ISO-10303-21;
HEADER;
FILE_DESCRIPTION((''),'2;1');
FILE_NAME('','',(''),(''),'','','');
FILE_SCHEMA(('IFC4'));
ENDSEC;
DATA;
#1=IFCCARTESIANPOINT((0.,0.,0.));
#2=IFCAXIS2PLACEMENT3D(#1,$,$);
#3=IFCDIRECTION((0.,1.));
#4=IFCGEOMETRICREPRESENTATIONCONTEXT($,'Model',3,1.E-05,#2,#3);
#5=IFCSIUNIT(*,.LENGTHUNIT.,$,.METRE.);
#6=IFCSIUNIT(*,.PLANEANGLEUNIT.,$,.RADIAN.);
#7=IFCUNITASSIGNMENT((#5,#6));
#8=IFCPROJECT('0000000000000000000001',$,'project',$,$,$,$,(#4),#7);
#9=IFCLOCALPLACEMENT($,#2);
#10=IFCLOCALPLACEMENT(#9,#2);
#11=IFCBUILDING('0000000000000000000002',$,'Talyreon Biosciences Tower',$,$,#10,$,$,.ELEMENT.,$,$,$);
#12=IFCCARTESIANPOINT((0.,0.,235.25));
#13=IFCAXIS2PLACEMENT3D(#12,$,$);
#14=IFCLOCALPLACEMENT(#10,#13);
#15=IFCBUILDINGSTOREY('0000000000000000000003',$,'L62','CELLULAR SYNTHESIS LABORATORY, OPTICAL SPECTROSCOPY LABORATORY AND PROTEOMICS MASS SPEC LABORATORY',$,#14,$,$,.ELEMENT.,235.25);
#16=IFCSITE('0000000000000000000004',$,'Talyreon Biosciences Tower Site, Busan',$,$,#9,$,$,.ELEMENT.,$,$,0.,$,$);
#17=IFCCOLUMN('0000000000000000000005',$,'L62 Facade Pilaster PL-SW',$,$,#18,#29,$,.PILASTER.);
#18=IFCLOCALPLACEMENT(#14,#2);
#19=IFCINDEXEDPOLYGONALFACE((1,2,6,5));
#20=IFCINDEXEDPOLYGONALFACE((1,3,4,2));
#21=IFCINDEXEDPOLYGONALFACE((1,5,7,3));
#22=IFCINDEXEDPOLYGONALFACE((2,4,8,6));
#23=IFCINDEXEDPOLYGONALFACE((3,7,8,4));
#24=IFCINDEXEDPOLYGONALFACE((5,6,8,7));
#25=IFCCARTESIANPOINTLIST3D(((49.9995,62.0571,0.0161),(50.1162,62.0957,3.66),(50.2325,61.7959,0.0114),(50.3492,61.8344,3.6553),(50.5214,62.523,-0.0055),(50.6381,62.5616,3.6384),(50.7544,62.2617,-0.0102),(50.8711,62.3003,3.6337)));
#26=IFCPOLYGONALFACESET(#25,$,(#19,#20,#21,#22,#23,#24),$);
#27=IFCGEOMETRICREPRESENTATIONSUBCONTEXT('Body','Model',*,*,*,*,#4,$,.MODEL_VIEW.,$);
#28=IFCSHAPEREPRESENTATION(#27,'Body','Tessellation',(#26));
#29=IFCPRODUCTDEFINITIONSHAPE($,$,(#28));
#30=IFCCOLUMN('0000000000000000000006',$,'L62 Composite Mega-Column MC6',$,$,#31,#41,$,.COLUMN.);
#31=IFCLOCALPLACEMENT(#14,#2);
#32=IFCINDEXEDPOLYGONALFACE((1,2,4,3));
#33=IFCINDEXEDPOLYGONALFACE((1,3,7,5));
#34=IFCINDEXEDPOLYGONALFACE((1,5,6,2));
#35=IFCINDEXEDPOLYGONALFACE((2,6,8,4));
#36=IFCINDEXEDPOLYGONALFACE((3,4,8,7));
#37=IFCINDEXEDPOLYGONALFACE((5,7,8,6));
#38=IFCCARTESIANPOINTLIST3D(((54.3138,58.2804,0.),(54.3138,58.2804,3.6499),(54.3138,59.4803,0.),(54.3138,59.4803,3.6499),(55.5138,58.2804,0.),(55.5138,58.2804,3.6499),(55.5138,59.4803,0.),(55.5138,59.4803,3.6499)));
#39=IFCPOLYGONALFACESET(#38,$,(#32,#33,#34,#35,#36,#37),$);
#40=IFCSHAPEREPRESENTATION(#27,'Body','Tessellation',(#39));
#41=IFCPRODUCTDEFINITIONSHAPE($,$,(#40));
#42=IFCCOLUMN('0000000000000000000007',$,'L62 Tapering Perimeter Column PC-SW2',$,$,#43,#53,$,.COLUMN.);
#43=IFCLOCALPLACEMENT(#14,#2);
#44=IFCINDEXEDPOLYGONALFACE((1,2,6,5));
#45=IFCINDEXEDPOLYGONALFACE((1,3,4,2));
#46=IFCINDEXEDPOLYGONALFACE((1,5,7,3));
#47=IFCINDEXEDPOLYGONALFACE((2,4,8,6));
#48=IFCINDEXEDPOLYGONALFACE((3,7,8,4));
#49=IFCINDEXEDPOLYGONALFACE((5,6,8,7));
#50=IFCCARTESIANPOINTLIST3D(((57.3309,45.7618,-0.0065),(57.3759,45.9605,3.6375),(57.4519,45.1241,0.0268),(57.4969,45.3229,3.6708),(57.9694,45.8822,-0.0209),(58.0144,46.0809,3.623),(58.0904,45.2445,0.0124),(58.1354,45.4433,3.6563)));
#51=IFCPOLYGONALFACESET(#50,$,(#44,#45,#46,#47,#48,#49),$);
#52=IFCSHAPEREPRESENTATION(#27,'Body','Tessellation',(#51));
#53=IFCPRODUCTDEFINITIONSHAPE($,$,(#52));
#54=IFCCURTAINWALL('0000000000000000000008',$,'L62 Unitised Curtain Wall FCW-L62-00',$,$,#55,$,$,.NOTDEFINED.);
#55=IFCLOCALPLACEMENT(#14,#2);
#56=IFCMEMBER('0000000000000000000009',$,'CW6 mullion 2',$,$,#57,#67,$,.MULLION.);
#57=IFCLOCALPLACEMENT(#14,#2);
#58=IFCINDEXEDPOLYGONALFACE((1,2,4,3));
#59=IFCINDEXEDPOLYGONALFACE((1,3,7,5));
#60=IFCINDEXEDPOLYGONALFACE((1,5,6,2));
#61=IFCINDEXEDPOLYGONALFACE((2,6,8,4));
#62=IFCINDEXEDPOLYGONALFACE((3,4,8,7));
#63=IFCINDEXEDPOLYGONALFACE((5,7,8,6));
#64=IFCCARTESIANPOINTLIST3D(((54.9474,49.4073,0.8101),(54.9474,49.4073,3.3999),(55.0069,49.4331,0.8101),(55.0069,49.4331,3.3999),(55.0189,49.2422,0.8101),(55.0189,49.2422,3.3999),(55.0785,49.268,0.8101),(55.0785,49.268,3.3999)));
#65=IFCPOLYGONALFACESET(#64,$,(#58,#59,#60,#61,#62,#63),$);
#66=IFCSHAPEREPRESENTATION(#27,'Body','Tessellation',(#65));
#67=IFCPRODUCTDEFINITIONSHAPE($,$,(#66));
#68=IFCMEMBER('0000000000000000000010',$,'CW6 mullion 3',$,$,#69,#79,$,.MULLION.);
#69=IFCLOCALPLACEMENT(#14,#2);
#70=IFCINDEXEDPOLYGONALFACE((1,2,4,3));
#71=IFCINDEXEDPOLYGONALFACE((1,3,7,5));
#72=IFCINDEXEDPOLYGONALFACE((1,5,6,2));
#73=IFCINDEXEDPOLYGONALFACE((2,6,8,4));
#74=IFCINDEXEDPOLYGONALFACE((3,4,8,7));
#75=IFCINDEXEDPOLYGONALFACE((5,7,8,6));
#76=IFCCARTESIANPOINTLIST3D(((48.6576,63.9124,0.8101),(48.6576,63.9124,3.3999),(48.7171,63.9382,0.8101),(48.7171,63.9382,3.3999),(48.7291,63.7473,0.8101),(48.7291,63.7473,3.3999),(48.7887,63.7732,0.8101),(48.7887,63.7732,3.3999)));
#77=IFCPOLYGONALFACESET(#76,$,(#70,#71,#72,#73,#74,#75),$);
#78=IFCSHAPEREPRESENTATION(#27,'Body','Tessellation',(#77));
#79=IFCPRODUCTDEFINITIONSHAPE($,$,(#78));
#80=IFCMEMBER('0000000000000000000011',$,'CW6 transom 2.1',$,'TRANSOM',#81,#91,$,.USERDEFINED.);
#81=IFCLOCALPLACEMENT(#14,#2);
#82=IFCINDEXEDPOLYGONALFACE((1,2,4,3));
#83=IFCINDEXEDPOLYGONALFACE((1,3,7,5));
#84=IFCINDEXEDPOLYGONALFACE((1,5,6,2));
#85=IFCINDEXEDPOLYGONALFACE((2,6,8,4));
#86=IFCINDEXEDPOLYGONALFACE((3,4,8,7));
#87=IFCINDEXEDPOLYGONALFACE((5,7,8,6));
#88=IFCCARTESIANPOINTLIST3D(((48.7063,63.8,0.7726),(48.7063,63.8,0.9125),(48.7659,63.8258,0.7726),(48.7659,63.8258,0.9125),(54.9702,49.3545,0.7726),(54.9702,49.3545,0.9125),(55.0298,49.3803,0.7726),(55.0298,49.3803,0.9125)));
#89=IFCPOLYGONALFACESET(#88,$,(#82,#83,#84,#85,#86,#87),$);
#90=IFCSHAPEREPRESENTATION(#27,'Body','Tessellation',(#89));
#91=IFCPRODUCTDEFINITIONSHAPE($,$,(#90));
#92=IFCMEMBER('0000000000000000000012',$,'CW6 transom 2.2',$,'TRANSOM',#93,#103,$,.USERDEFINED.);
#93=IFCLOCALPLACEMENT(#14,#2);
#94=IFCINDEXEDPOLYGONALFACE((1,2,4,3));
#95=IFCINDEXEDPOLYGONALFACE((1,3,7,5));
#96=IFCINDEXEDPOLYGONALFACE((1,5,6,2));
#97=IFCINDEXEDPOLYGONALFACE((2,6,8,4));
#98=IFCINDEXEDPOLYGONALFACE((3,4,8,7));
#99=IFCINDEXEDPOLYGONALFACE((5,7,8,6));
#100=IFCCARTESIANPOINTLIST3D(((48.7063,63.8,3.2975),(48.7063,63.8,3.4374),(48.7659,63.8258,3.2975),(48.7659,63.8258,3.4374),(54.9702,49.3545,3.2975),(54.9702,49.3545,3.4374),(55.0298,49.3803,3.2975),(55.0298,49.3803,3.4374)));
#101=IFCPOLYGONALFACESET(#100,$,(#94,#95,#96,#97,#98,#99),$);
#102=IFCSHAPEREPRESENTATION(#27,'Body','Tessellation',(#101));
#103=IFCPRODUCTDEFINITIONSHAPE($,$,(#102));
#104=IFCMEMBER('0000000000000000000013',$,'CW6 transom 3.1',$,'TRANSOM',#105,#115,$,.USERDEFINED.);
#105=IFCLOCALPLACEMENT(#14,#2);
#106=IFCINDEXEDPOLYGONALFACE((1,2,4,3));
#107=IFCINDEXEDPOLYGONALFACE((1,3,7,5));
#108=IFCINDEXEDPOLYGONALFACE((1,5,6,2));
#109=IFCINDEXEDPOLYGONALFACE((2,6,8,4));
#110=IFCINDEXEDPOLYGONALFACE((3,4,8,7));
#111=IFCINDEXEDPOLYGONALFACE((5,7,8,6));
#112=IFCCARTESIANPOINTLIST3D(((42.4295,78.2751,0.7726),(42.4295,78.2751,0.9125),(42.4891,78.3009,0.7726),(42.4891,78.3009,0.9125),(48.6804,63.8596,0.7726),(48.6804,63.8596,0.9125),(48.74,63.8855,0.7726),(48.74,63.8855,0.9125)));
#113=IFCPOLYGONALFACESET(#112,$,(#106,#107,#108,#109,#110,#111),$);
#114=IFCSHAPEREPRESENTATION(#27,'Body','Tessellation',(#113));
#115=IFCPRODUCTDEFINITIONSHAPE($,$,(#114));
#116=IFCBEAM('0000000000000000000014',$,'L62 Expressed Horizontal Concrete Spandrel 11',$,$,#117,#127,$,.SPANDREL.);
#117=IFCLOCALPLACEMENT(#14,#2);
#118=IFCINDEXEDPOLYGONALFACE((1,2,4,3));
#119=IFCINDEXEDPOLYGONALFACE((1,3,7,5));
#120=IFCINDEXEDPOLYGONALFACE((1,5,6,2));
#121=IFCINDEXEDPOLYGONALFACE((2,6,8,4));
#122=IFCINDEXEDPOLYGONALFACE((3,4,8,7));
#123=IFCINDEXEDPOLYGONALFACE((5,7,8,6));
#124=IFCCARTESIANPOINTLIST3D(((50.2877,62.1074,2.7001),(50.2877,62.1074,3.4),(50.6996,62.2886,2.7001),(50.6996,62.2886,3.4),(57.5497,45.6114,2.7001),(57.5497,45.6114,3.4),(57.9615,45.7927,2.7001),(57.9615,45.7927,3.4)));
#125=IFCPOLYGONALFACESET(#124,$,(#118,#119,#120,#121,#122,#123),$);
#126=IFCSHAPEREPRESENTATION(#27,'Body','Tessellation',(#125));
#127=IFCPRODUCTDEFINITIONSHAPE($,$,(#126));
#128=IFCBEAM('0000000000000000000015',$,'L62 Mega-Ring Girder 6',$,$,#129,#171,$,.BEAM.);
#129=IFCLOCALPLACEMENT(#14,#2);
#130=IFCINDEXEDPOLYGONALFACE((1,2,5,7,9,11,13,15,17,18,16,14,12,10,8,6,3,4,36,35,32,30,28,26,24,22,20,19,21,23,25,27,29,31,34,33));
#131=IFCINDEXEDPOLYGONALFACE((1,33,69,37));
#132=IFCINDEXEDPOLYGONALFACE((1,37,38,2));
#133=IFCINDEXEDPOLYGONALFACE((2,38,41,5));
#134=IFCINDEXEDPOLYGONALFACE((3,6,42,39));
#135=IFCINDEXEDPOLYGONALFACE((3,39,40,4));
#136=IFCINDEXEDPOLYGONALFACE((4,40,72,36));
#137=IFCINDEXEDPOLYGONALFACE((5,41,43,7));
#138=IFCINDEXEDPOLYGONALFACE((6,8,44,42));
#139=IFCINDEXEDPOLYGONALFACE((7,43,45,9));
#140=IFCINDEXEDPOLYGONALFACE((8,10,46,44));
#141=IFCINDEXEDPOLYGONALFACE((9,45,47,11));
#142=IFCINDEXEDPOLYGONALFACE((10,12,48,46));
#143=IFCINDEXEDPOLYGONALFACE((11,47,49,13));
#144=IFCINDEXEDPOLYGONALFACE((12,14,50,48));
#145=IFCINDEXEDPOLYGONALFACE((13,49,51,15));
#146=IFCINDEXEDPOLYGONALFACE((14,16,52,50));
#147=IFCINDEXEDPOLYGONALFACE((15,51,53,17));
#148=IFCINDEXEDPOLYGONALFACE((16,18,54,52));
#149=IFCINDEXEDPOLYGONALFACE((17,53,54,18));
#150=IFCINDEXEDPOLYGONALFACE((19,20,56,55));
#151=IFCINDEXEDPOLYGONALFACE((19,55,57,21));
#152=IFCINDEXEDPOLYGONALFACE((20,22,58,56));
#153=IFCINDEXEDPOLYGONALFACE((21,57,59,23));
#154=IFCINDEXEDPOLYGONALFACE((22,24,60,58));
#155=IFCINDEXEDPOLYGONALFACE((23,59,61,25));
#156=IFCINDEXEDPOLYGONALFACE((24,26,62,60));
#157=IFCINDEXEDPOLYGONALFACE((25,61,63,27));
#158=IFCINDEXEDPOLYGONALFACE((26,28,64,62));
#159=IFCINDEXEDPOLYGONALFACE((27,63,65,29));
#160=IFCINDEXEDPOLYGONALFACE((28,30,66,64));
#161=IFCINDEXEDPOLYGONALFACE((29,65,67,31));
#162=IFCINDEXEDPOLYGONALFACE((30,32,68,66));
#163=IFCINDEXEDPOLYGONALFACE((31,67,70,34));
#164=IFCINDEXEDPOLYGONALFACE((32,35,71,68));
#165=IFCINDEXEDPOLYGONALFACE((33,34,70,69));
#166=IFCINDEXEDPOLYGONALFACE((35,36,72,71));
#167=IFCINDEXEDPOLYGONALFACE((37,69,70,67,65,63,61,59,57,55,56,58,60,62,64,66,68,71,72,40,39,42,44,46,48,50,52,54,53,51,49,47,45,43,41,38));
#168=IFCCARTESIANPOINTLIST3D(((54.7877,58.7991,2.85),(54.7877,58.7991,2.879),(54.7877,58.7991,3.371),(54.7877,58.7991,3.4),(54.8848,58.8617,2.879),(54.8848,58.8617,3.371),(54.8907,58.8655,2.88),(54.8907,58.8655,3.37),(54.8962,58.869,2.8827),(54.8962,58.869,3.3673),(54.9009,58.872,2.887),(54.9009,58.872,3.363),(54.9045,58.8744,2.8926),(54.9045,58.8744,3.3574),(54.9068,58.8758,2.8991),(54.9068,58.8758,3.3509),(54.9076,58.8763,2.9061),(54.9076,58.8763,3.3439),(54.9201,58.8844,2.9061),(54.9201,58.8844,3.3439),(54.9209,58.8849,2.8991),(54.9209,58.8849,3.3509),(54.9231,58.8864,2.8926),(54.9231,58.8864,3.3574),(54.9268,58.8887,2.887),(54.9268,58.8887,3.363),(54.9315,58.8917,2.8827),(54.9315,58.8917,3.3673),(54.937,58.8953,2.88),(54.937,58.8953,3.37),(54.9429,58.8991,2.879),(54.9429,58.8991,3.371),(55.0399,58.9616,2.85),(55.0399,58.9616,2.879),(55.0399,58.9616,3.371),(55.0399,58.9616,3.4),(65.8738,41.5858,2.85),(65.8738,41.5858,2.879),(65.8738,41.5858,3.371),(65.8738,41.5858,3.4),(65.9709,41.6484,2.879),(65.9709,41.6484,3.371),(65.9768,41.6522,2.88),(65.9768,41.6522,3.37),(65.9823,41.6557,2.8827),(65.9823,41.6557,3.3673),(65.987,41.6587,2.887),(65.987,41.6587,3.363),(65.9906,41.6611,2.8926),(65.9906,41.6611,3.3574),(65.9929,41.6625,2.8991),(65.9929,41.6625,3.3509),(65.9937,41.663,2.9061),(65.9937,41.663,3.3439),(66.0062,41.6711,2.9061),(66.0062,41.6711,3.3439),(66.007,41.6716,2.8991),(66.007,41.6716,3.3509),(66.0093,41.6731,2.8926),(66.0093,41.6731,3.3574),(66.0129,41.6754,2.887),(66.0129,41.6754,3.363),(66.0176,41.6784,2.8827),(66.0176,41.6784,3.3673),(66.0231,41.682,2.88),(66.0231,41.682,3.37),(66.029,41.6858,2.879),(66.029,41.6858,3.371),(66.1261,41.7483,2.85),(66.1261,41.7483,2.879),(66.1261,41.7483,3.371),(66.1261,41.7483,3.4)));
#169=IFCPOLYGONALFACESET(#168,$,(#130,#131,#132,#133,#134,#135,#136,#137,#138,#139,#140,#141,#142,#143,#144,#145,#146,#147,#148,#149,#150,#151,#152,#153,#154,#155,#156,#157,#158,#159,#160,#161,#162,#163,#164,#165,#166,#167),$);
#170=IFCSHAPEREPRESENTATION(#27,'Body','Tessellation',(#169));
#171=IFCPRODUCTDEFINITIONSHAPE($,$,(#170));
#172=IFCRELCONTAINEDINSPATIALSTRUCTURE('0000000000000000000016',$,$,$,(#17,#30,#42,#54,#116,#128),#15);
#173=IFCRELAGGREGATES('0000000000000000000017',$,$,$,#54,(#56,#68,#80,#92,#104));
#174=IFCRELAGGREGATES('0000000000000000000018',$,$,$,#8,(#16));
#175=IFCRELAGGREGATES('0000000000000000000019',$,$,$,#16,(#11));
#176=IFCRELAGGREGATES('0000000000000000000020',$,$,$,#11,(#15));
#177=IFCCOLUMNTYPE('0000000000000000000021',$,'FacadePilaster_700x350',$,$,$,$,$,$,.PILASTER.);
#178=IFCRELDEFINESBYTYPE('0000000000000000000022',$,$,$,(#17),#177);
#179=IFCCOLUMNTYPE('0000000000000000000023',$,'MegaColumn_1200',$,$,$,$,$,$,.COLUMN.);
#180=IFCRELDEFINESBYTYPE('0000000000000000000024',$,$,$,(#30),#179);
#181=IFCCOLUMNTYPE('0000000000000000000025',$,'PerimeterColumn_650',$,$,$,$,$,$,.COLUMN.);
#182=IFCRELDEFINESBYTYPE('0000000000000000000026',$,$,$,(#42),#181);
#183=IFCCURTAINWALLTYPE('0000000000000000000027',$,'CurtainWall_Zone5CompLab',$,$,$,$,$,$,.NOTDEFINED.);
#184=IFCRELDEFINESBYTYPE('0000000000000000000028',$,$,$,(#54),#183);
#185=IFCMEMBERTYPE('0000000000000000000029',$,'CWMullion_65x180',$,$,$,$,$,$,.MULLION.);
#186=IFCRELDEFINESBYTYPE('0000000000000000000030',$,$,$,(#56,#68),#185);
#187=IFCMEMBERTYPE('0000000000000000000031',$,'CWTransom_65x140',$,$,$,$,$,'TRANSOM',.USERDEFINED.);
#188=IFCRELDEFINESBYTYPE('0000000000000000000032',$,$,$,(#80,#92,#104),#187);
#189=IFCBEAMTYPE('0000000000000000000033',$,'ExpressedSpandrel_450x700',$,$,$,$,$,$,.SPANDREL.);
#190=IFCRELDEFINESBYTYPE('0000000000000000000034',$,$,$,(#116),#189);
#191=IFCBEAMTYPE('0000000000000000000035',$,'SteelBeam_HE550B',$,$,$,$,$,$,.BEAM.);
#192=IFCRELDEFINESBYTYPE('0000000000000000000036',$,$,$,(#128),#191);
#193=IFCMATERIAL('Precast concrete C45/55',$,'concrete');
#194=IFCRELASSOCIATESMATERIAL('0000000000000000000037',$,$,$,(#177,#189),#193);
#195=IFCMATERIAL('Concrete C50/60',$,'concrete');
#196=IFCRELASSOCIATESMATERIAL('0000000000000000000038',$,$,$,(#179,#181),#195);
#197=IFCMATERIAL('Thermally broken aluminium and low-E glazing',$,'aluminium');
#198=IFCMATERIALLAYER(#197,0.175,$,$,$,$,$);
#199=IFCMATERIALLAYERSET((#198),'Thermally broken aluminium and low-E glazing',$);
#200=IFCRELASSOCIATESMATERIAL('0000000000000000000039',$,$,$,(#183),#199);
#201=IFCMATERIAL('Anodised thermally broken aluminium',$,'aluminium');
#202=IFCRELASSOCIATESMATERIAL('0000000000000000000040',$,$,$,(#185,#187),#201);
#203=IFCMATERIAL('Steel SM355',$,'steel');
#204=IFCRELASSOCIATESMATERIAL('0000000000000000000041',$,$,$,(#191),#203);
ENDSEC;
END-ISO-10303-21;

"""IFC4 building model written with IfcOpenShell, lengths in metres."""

from ifc_helpers import new_model, si_unit, direction, frame, origin, origin_2d, place, context, subcontext, project, spatial, rectangle, i_section, extrude, material, layer, layer_set, material_profile, profile_set, type_object, element, aggregate, save


model = new_model("IFC4")

# Units and contexts
model_context = context("Model", 3, precision=1e-05, world=origin(), true_north=direction((0.0, 1.0)))
body_context = subcontext(model_context, "Body", "Model", "MODEL_VIEW")
ifc_project = project(units=[si_unit("LENGTHUNIT", "METRE"), si_unit("PLANEANGLEUNIT", "RADIAN")], contexts=[model_context])

# Site, building, storey
site_placement = place(None, origin())
site = spatial("IfcSite", under=ifc_project, at=site_placement, Name="Talyreon Biosciences Tower Site, Busan", CompositionType="ELEMENT", RefElevation=0.0)
building_placement = place(site_placement, origin())
building = spatial("IfcBuilding", under=site, at=building_placement, Name="Talyreon Biosciences Tower", CompositionType="ELEMENT")
storey_placement = place(building_placement, frame((0.0, 0.0, 235.25)))
storey = spatial("IfcBuildingStorey", under=building, at=storey_placement, Name="L62", Description="CELLULAR SYNTHESIS LABORATORY, OPTICAL SPECTROSCOPY LABORATORY AND PROTEOMICS MASS SPEC LABORATORY", CompositionType="ELEMENT", Elevation=235.25)

# Columns
ifc_material_1 = material(Name="Precast concrete C45/55", Category="concrete")
ifc_material_profile_1 = material_profile(ifc_material_1, rectangle(XDim=0.7, YDim=0.3501, at=origin_2d()), Name="RC 700x350")
ifc_profile_set_1 = profile_set([ifc_material_profile_1], Name="Precast concrete C45/55")
column_type_1 = type_object("IfcColumnType", Name="FacadePilaster_700x350", PredefinedType="PILASTER", material=ifc_profile_set_1)
column_1_placement = place(storey_placement, frame((50.377, 62.1594, 0.0029), z_axis=(0.032006, 0.01058, 0.999432), x_axis=(0.745679, 0.665588, -0.030926)))
element("IfcColumn", 1, at=column_1_placement, inside=storey, type_object=column_type_1, Name="L62 Facade Pilaster PL-SW", PredefinedType="PILASTER", context=body_context, shape_type="SweptSolid", body=[
    extrude(rectangle(XDim=0.7, YDim=0.3501, at=origin_2d()), origin(), (0.0, 0.0, 1.0), 3.646),
])
ifc_material_2 = material(Name="Concrete C50/60", Category="concrete")
ifc_material_profile_2 = material_profile(ifc_material_2, rectangle(XDim=1.2, YDim=1.2, at=origin_2d()), Name="RC 1200x1200")
ifc_profile_set_2 = profile_set([ifc_material_profile_2], Name="Concrete C50/60")
column_type_2 = type_object("IfcColumnType", Name="MegaColumn_1200", PredefinedType="COLUMN", material=ifc_profile_set_2)
column_2_placement = place(storey_placement, frame((54.9138, 58.8804, 0.0), z_axis=(0.0, 0.0, 1.0), x_axis=(1.0, 0.0, 0.0)))
element("IfcColumn", 2, at=column_2_placement, inside=storey, type_object=column_type_2, Name="L62 Composite Mega-Column MC6", PredefinedType="COLUMN", context=body_context, shape_type="SweptSolid", body=[
    extrude(rectangle(XDim=1.2, YDim=1.2, at=origin_2d()), origin(), (0.0, 0.0, 1.0), 3.6499),
])
ifc_material_profile_3 = material_profile(ifc_material_2, rectangle(XDim=0.6499, YDim=0.6499, at=origin_2d()), Name="RC 650x650")
ifc_profile_set_3 = profile_set([ifc_material_profile_3], Name="Concrete C50/60")
column_type_3 = type_object("IfcColumnType", Name="PerimeterColumn_650", PredefinedType="COLUMN", material=ifc_profile_set_3)
column_3_placement = place(storey_placement, frame((57.7107, 45.5032, 0.0029), z_axis=(0.012308, 0.054451, 0.998441), x_axis=(-0.186182, 0.98118, -0.051214)))
element("IfcColumn", 3, at=column_3_placement, inside=storey, type_object=column_type_3, Name="L62 Tapering Perimeter Column PC-SW2", PredefinedType="COLUMN", context=body_context, shape_type="SweptSolid", body=[
    extrude(rectangle(XDim=0.6499, YDim=0.6499, at=origin_2d()), origin(), (0.0, 0.0, 1.0), 3.6497),
])

# Curtain wall, members
ifc_material_3 = material(Name="Thermally broken aluminium and low-E glazing", Category="aluminium")
ifc_layer_1 = layer(ifc_material_3, 0.175)
ifc_layer_set_1 = layer_set([ifc_layer_1], Name="Thermally broken aluminium and low-E glazing")
curtain_wall_type = type_object("IfcCurtainWallType", Name="CurtainWall_Zone5CompLab", PredefinedType="NOTDEFINED", material=ifc_layer_set_1)
curtain_wall_placement = place(storey_placement, origin())
curtain_wall = element("IfcCurtainWall", 4, at=curtain_wall_placement, inside=storey, type_object=curtain_wall_type, Name="L62 Unitised Curtain Wall FCW-L62-00", PredefinedType="NOTDEFINED")
ifc_material_4 = material(Name="Anodised thermally broken aluminium", Category="aluminium")
ifc_material_profile_4 = material_profile(ifc_material_4, rectangle(XDim=0.0649, YDim=0.1799, at=origin_2d()), Name="ALUM MULLION 65x180")
ifc_profile_set_4 = profile_set([ifc_material_profile_4], Name="Anodised thermally broken aluminium")
member_type_1 = type_object("IfcMemberType", Name="CWMullion_65x180", PredefinedType="MULLION", material=ifc_profile_set_4)
member_1_placement = place(storey_placement, frame((55.0129, 49.3376, 0.8101), z_axis=(0.0, 0.0, 1.0), x_axis=(-0.917458, -0.397832, 0.0)))
member_1 = element("IfcMember", 5, at=member_1_placement, type_object=member_type_1, Name="CW6 mullion 2", PredefinedType="MULLION", context=body_context, shape_type="SweptSolid", body=[
    extrude(rectangle(XDim=0.0649, YDim=0.1799, at=origin_2d()), origin(), (0.0, 0.0, 1.0), 2.5898),
])
member_2_placement = place(storey_placement, frame((48.7231, 63.8428, 0.8101), z_axis=(0.0, 0.0, 1.0), x_axis=(-0.917458, -0.397832, 0.0)))
member_2 = element("IfcMember", 6, at=member_2_placement, type_object=member_type_1, Name="CW6 mullion 3", PredefinedType="MULLION", context=body_context, shape_type="SweptSolid", body=[
    extrude(rectangle(XDim=0.0649, YDim=0.1799, at=origin_2d()), origin(), (0.0, 0.0, 1.0), 2.5898),
])
ifc_material_profile_5 = material_profile(ifc_material_4, rectangle(XDim=0.0649, YDim=0.1399, at=origin_2d()), Name="ALUM TRANSOM 65x140")
ifc_profile_set_5 = profile_set([ifc_material_profile_5], Name="Anodised thermally broken aluminium")
member_type_2 = type_object("IfcMemberType", Name="CWTransom_65x140", ElementType="TRANSOM", PredefinedType="USERDEFINED", material=ifc_profile_set_5)
member_3_placement = place(storey_placement, frame((55.0, 49.3674, 0.8425), z_axis=(-0.397831, 0.917459, 0.0), x_axis=(-0.917459, -0.397831, 0.0)))
member_3 = element("IfcMember", 7, at=member_3_placement, type_object=member_type_2, Name="CW6 transom 2.1", ObjectType="TRANSOM", PredefinedType="USERDEFINED", context=body_context, shape_type="SweptSolid", body=[
    extrude(rectangle(XDim=0.0649, YDim=0.1399, at=origin_2d()), origin(), (0.0, 0.0, 1.0), 15.7451),
])
member_4_placement = place(storey_placement, frame((55.0, 49.3674, 3.3674), z_axis=(-0.397831, 0.917459, 0.0), x_axis=(-0.917459, -0.397831, 0.0)))
member_4 = element("IfcMember", 8, at=member_4_placement, type_object=member_type_2, Name="CW6 transom 2.2", ObjectType="TRANSOM", PredefinedType="USERDEFINED", context=body_context, shape_type="SweptSolid", body=[
    extrude(rectangle(XDim=0.0649, YDim=0.1399, at=origin_2d()), origin(), (0.0, 0.0, 1.0), 15.7451),
])
member_5_placement = place(storey_placement, frame((48.7102, 63.8726, 0.8425), z_axis=(-0.397835, 0.917457, 0.0), x_axis=(-0.917457, -0.397835, 0.0)))
member_5 = element("IfcMember", 9, at=member_5_placement, type_object=member_type_2, Name="CW6 transom 3.1", ObjectType="TRANSOM", PredefinedType="USERDEFINED", context=body_context, shape_type="SweptSolid", body=[
    extrude(rectangle(XDim=0.0649, YDim=0.1399, at=origin_2d()), origin(), (0.0, 0.0, 1.0), 15.7124),
])

# Beams
ifc_material_profile_6 = material_profile(ifc_material_1, rectangle(XDim=0.45, YDim=0.7, at=origin_2d()), Name="RCB 450x700")
ifc_profile_set_6 = profile_set([ifc_material_profile_6], Name="Precast concrete C45/55")
beam_type_1 = type_object("IfcBeamType", Name="ExpressedSpandrel_450x700", PredefinedType="SPANDREL", material=ifc_profile_set_6)
beam_1_placement = place(storey_placement, frame((50.4937, 62.198, 3.05), z_axis=(0.40291, -0.91524, 0.0), x_axis=(0.91524, 0.40291, 0.0)))
element("IfcBeam", 10, at=beam_1_placement, inside=storey, type_object=beam_type_1, Name="L62 Expressed Horizontal Concrete Spandrel 11", PredefinedType="SPANDREL", context=body_context, shape_type="SweptSolid", body=[
    extrude(rectangle(XDim=0.45, YDim=0.7, at=origin_2d()), origin(), (0.0, 0.0, 1.0), 18.0237),
])
ifc_material_5 = material(Name="Steel SM355", Category="steel")
ifc_material_profile_7 = material_profile(ifc_material_5, i_section(OverallWidth=0.3, OverallDepth=0.55, WebThickness=0.0149, FlangeThickness=0.0291, FilletRadius=0.0271, at=origin_2d()), Name="HE550B")
ifc_profile_set_7 = profile_set([ifc_material_profile_7], Name="Steel SM355")
beam_type_2 = type_object("IfcBeamType", Name="SteelBeam_HE550B", PredefinedType="BEAM", material=ifc_profile_set_7)
beam_2_placement = place(storey_placement, frame((54.9138, 58.8804, 3.125), z_axis=(0.541464, -0.840724, 0.0), x_axis=(0.840724, 0.541464, 0.0)))
element("IfcBeam", 11, at=beam_2_placement, inside=storey, type_object=beam_type_2, Name="L62 Mega-Ring Girder 6", PredefinedType="BEAM", context=body_context, shape_type="SweptSolid", body=[
    extrude(i_section(OverallWidth=0.3, OverallDepth=0.55, WebThickness=0.0149, FlangeThickness=0.0291, FilletRadius=0.0271, at=origin_2d()), origin(), (0.0, 0.0, 1.0), 20.4744),
])

aggregate(curtain_wall, [member_1, member_2, member_3, member_4, member_5])

save(model, "model.ifc")
